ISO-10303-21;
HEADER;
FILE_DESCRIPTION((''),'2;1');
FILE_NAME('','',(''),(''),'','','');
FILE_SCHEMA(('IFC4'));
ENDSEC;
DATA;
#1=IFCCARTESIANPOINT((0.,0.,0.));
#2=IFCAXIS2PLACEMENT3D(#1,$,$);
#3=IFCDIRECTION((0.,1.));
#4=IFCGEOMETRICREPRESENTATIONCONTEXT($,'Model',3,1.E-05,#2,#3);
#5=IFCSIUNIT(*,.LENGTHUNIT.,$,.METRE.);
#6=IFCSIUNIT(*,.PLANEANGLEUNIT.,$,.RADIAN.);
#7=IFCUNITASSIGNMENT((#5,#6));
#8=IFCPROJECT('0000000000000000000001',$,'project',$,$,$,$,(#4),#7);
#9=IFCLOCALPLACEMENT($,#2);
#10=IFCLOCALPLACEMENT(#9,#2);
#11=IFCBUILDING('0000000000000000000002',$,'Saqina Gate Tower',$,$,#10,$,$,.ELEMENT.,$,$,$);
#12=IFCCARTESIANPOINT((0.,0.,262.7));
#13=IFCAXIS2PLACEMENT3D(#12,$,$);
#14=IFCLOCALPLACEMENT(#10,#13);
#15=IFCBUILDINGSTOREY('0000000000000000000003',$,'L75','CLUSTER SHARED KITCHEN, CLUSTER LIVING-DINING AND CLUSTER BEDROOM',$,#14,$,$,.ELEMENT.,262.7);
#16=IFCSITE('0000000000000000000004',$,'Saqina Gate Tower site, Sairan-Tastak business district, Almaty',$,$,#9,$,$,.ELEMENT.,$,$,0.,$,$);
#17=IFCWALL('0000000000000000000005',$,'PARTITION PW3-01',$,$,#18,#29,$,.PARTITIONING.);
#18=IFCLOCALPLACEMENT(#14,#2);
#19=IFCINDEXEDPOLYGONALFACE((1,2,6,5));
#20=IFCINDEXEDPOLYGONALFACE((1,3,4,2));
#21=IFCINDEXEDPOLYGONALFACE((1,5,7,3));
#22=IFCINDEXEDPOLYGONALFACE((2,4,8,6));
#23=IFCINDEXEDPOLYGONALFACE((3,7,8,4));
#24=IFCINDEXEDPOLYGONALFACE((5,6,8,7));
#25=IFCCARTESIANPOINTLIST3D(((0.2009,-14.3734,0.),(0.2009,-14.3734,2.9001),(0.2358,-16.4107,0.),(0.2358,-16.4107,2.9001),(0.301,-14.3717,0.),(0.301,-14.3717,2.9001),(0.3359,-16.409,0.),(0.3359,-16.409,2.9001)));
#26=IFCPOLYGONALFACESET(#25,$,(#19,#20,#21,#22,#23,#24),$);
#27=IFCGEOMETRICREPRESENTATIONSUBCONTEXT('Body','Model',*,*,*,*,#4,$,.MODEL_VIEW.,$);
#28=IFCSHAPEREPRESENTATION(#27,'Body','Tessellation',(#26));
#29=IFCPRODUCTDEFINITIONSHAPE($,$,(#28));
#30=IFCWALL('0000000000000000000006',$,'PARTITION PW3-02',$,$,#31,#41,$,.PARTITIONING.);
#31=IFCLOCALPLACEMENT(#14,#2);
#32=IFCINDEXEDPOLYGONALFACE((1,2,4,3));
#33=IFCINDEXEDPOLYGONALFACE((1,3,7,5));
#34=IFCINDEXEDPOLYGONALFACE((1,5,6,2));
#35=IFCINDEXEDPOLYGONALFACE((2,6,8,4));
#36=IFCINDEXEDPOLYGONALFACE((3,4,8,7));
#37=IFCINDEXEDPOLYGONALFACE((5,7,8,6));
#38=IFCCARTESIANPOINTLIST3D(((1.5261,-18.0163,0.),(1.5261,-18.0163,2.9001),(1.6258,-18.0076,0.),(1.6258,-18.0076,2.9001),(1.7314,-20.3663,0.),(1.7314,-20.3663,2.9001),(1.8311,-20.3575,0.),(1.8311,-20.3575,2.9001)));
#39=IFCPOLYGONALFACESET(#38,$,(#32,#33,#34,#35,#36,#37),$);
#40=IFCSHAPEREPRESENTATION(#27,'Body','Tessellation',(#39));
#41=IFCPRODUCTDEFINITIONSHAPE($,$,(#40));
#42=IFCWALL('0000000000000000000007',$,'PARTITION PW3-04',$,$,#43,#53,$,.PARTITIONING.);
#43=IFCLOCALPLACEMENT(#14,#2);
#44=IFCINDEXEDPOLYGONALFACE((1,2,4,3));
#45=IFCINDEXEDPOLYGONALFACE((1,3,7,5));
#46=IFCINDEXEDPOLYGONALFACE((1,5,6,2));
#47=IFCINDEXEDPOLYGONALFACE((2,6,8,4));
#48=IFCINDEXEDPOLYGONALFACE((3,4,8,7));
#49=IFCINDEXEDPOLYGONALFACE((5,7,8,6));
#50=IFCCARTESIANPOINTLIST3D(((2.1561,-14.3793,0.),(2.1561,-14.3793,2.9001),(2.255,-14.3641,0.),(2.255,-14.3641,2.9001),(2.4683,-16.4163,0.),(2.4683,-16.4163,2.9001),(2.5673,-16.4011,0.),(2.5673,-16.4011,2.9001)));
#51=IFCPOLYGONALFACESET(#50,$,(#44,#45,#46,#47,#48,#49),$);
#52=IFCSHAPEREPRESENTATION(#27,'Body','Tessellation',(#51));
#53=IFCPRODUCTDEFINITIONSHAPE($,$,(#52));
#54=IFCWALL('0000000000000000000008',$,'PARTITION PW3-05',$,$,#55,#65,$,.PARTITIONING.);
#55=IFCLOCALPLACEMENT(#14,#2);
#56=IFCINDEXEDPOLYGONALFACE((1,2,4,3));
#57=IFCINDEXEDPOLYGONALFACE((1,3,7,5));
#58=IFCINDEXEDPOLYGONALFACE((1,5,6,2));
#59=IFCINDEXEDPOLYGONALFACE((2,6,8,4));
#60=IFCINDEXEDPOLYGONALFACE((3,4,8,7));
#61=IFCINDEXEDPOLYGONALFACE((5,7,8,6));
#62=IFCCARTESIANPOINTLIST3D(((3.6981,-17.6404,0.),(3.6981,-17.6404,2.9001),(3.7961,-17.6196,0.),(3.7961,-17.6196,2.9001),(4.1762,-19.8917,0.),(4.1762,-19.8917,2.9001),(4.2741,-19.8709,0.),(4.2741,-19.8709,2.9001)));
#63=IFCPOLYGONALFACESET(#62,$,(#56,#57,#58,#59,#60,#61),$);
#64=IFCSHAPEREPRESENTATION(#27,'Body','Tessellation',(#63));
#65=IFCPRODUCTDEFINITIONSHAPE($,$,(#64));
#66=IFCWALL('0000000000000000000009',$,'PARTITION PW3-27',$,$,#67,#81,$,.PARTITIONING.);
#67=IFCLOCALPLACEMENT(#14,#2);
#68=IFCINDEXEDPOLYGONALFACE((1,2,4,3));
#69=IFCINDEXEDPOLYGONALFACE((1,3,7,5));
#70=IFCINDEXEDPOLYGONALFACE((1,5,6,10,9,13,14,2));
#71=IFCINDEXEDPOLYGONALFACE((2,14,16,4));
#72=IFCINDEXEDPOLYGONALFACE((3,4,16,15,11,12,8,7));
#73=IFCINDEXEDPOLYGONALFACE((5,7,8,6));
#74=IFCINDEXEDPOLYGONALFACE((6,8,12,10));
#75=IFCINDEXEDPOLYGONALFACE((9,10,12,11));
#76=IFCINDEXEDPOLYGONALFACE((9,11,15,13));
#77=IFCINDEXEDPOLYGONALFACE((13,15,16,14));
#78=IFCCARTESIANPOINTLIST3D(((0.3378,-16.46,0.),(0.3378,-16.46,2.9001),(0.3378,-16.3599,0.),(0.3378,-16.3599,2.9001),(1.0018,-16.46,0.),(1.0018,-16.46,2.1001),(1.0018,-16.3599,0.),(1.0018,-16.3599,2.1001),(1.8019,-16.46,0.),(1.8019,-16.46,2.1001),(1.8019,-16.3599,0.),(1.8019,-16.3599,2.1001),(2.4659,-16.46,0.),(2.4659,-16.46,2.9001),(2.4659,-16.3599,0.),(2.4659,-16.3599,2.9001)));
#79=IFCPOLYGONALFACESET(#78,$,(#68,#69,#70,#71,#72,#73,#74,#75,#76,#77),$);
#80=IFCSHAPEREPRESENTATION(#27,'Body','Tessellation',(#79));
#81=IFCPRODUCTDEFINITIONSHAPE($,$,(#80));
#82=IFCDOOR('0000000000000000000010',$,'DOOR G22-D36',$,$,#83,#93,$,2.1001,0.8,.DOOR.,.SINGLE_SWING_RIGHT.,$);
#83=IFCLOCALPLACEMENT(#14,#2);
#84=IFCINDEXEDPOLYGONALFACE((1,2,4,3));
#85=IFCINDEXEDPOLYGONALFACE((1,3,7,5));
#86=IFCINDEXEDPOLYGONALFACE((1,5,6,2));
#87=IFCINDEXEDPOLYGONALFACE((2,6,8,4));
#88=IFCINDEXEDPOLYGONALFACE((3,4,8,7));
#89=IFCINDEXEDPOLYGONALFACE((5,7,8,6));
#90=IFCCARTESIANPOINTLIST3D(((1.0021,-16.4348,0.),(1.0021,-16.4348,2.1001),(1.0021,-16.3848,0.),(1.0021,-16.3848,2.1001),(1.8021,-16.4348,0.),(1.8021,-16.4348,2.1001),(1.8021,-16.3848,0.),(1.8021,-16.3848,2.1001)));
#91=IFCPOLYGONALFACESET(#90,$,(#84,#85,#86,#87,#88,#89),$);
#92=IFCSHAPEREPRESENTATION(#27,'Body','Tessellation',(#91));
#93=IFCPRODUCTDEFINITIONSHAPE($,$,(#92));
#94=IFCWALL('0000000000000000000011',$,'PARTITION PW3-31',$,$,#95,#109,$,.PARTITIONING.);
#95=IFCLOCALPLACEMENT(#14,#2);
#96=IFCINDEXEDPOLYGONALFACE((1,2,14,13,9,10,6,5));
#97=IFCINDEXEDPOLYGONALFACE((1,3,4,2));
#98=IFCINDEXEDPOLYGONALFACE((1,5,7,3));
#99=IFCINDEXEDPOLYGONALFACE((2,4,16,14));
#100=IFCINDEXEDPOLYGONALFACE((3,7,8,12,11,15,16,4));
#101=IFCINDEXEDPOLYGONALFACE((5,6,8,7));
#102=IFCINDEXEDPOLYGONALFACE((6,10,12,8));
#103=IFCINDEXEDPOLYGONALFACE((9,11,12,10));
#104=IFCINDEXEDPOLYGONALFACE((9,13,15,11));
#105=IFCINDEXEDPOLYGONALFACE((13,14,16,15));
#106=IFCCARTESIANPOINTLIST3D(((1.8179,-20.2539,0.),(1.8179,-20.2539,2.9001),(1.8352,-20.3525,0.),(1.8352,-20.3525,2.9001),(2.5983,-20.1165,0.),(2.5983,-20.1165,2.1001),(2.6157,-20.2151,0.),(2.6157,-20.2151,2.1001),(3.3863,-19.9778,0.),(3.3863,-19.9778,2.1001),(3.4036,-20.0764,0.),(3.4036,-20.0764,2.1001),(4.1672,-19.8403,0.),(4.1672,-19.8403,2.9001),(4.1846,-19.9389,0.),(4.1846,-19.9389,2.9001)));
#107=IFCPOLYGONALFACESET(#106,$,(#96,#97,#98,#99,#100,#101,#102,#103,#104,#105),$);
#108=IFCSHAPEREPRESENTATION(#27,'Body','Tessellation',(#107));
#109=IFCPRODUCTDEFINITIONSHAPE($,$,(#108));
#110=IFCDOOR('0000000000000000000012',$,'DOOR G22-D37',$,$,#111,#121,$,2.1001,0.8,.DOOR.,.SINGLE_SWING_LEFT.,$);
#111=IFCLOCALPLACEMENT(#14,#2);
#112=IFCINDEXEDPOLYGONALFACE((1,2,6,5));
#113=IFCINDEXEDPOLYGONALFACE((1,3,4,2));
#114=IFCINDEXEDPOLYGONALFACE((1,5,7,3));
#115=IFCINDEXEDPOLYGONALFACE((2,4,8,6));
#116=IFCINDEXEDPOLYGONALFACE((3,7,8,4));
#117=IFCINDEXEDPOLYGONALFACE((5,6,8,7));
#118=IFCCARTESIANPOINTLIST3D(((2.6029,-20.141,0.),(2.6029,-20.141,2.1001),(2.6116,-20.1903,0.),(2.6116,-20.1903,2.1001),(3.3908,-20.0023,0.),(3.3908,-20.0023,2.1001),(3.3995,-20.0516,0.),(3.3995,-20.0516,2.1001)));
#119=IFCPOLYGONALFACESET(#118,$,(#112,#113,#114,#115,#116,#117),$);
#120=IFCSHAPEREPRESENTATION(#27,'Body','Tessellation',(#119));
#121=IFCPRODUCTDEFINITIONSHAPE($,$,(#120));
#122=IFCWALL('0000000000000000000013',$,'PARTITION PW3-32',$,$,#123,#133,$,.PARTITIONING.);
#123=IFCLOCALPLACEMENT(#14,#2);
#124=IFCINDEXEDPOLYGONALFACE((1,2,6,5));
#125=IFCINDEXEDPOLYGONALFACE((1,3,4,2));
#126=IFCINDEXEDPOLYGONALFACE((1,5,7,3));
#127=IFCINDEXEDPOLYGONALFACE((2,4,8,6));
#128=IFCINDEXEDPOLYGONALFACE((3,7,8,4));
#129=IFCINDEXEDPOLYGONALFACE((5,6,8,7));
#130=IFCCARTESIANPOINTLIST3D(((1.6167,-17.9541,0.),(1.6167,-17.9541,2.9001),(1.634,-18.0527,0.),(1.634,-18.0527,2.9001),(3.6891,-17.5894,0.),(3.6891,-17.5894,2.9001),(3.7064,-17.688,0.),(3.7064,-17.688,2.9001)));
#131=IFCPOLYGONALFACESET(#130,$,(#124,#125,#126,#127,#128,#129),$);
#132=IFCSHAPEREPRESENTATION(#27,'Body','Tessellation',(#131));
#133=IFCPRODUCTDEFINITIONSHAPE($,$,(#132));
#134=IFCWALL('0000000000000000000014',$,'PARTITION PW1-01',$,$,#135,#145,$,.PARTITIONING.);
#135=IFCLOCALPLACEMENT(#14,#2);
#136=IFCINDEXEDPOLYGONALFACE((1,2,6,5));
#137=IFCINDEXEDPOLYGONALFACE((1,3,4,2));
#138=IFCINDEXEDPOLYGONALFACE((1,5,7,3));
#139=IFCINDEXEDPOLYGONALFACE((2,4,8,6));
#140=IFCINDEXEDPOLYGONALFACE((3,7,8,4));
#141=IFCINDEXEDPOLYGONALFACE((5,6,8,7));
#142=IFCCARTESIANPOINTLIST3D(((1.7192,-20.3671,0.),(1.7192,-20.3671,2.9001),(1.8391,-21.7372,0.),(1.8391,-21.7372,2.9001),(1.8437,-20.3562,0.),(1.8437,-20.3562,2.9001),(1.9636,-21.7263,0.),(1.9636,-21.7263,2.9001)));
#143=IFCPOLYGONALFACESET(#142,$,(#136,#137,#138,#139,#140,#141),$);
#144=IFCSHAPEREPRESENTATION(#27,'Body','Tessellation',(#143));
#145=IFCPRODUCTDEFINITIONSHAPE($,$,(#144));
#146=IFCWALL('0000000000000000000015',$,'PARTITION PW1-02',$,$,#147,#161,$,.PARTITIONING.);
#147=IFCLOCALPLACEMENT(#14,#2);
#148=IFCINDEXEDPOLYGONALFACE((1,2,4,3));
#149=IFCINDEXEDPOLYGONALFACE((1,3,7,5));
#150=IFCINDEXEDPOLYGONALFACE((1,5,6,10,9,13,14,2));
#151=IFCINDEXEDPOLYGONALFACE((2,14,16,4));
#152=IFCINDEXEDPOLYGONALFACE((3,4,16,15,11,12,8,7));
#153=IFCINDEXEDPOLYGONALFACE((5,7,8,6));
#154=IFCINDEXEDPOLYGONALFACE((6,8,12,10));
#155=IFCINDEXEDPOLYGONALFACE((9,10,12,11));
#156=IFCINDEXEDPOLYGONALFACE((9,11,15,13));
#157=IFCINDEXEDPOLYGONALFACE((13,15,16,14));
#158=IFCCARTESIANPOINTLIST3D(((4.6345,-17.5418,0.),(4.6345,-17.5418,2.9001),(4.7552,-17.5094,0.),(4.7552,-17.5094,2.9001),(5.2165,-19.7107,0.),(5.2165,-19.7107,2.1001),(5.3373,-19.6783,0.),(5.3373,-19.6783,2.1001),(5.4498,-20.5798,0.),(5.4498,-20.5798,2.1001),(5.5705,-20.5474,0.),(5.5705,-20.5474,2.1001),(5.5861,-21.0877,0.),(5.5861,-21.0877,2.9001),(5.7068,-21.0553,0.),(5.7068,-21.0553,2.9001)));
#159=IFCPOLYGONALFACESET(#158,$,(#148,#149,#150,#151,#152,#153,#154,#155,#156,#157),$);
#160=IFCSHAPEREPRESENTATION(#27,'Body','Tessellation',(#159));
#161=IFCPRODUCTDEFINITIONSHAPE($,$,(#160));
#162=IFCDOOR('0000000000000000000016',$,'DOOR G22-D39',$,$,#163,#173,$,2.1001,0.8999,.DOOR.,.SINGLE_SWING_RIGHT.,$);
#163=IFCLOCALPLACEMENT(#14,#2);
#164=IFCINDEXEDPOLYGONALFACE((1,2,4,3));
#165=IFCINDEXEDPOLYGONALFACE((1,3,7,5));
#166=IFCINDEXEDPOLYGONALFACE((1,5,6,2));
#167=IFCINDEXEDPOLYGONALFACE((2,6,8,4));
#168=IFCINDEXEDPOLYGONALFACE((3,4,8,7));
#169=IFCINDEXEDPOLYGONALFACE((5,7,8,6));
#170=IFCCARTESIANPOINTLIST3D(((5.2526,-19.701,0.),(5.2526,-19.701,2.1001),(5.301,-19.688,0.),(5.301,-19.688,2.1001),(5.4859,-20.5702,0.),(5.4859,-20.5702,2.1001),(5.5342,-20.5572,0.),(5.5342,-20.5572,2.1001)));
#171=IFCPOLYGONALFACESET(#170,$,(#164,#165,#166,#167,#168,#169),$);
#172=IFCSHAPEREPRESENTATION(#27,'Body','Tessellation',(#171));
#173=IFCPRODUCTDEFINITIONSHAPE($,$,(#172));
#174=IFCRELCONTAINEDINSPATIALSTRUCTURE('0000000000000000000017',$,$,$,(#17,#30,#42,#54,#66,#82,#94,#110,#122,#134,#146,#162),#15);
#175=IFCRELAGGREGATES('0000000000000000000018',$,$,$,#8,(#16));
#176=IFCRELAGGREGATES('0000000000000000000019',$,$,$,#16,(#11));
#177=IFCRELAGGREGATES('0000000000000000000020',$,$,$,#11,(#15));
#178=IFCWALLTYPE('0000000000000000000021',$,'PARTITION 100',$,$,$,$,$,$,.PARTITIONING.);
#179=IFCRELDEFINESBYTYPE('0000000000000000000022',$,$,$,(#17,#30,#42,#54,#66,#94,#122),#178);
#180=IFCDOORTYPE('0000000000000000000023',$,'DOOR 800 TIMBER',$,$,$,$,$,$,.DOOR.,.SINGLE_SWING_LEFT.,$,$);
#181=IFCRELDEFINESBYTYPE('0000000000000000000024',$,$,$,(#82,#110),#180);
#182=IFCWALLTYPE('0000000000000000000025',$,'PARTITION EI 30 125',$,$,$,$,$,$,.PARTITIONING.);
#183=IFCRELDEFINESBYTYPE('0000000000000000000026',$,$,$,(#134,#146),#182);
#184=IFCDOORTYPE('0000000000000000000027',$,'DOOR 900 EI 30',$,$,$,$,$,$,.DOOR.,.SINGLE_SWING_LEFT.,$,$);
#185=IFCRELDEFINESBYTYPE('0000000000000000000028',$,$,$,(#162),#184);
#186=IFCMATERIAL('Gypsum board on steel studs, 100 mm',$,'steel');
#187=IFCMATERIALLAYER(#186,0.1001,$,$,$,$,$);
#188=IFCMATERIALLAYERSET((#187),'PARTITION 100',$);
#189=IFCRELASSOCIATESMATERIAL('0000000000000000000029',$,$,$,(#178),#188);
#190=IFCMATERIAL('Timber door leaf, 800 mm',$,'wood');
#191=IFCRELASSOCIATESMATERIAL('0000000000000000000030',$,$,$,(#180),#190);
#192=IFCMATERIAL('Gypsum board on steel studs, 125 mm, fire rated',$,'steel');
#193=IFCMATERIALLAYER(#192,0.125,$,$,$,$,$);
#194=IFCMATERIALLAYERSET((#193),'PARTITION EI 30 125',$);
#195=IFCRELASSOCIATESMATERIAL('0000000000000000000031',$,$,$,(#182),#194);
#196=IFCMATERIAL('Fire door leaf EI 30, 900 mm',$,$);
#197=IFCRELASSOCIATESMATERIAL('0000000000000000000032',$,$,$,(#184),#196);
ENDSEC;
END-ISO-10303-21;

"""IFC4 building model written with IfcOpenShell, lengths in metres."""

from ifc_helpers import new_model, si_unit, direction, frame, frame_2d, origin, place, context, subcontext, project, spatial, rectangle, extrude, material, layer, layer_set, type_object, element, fill, save


model = new_model("IFC4")

# Units and contexts
model_context = context("Model", 3, precision=1e-05, world=origin(), true_north=direction((0.0, 1.0)))
body_context = subcontext(model_context, "Body", "Model", "MODEL_VIEW")
ifc_project = project(units=[si_unit("LENGTHUNIT", "METRE"), si_unit("PLANEANGLEUNIT", "RADIAN")], contexts=[model_context])

# Site, building, storey
site_placement = place(None, origin())
site = spatial("IfcSite", under=ifc_project, at=site_placement, Name="Saqina Gate Tower site, Sairan-Tastak business district, Almaty", CompositionType="ELEMENT", RefElevation=0.0)
building_placement = place(site_placement, origin())
building = spatial("IfcBuilding", under=site, at=building_placement, Name="Saqina Gate Tower", CompositionType="ELEMENT")
storey_placement = place(building_placement, frame((0.0, 0.0, 262.7)))
storey = spatial("IfcBuildingStorey", under=building, at=storey_placement, Name="L75", Description="CLUSTER SHARED KITCHEN, CLUSTER LIVING-DINING AND CLUSTER BEDROOM", CompositionType="ELEMENT", Elevation=262.7)

# Walls
ifc_material_1 = material(Name="Gypsum board on steel studs, 100 mm", Category="steel")
ifc_layer_1 = layer(ifc_material_1, 0.1001)
ifc_layer_set_1 = layer_set([ifc_layer_1], Name="PARTITION 100")
wall_type_1 = type_object("IfcWallType", Name="PARTITION 100", PredefinedType="PARTITIONING", material=ifc_layer_set_1)
wall_1_placement = place(storey_placement, frame((0.251, -14.3726, 0.0), z_axis=(0.0, 0.0, 1.0), x_axis=(0.017133, -0.999853, 0.0)))
element("IfcWall", 1, at=wall_1_placement, inside=storey, type_object=wall_type_1, Name="PARTITION PW3-01", PredefinedType="PARTITIONING", context=body_context, shape_type="SweptSolid", body=[
    extrude(rectangle(XDim=2.0376, YDim=0.1001, at=frame_2d((1.0188, 0.0))), origin(), (0.0, 0.0, 1.0), 2.9001),
])
wall_2_placement = place(storey_placement, frame((1.5759, -18.012, 0.0), z_axis=(0.0, 0.0, 1.0), x_axis=(0.087045, -0.996204, 0.0)))
element("IfcWall", 2, at=wall_2_placement, inside=storey, type_object=wall_type_1, Name="PARTITION PW3-02", PredefinedType="PARTITIONING", context=body_context, shape_type="SweptSolid", body=[
    extrude(rectangle(XDim=2.3589, YDim=0.1001, at=frame_2d((1.1794, 0.0))), origin(), (0.0, 0.0, 1.0), 2.9001),
])
wall_3_placement = place(storey_placement, frame((2.2056, -14.3718, 0.0), z_axis=(0.0, 0.0, 1.0), x_axis=(0.151514, -0.988455, 0.0)))
element("IfcWall", 3, at=wall_3_placement, inside=storey, type_object=wall_type_1, Name="PARTITION PW3-04", PredefinedType="PARTITIONING", context=body_context, shape_type="SweptSolid", body=[
    extrude(rectangle(XDim=2.0608, YDim=0.1001, at=frame_2d((1.0303, 0.0))), origin(), (0.0, 0.0, 1.0), 2.9001),
])
wall_4_placement = place(storey_placement, frame((3.7471, -17.6299, 0.0), z_axis=(0.0, 0.0, 1.0), x_axis=(0.20771, -0.97819, 0.0)))
element("IfcWall", 4, at=wall_4_placement, inside=storey, type_object=wall_type_1, Name="PARTITION PW3-05", PredefinedType="PARTITIONING", context=body_context, shape_type="SweptSolid", body=[
    extrude(rectangle(XDim=2.3015, YDim=0.1001, at=frame_2d((1.1509, 0.0))), origin(), (0.0, 0.0, 1.0), 2.9001),
])

# Walls, openings, doors
wall_5_placement = place(storey_placement, frame((0.3379, -16.4099, 0.0), z_axis=(0.0, 0.0, 1.0), x_axis=(1.0, 0.0, 0.0)))
wall_5 = element("IfcWall", 5, at=wall_5_placement, inside=storey, type_object=wall_type_1, Name="PARTITION PW3-27", PredefinedType="PARTITIONING", context=body_context, shape_type="SweptSolid", body=[
    extrude(rectangle(XDim=2.1282, YDim=0.1001, at=frame_2d((1.064, 0.0))), origin(), (0.0, 0.0, 1.0), 2.9001),
])
opening_1_placement = place(wall_5_placement, frame((0.6641, 0.0, 0.0)))
opening_1 = element("IfcOpeningElement", 6, at=opening_1_placement, cuts=wall_5, PredefinedType="OPENING", context=body_context, shape_type="SweptSolid", body=[
    extrude(rectangle(XDim=0.8, YDim=2.1001, at=frame_2d((0.3999, 1.05))), frame((0.0, 0.062, 0.0), z_axis=(0.0, -1.0, 0.0), x_axis=(1.0, 0.0, 0.0)), (0.0, 0.0, 1.0), 0.124),
])
ifc_material_2 = material(Name="Timber door leaf, 800 mm", Category="wood")
door_type_1 = type_object("IfcDoorType", Name="DOOR 800 TIMBER", OperationType="SINGLE_SWING_LEFT", PredefinedType="DOOR", material=ifc_material_2)
door_1_placement = place(opening_1_placement, frame((0.8, 0.0, 0.0), z_axis=(0.0, 0.0, 1.0), x_axis=(-1.0, 0.0, 0.0)))
door_1 = element("IfcDoor", 7, at=door_1_placement, inside=storey, type_object=door_type_1, Name="DOOR G22-D36", OperationType="SINGLE_SWING_RIGHT", OverallHeight=2.1001, OverallWidth=0.8, PredefinedType="DOOR", context=body_context, shape_type="SweptSolid", body=[
    extrude(rectangle(XDim=0.8, YDim=2.1001, at=frame_2d((0.3999, 1.05))), frame((0.0, 0.0249, 0.0), z_axis=(0.0, -1.0, 0.0), x_axis=(1.0, 0.0, 0.0)), (0.0, 0.0, 1.0), 0.05),
])
fill(opening_1, door_1)
wall_6_placement = place(storey_placement, frame((1.8264, -20.3032, 0.0), z_axis=(0.0, 0.0, 1.0), x_axis=(0.984857, 0.173371, 0.0)))
wall_6 = element("IfcWall", 8, at=wall_6_placement, inside=storey, type_object=wall_type_1, Name="PARTITION PW3-31", PredefinedType="PARTITIONING", context=body_context, shape_type="SweptSolid", body=[
    extrude(rectangle(XDim=2.3855, YDim=0.1001, at=frame_2d((1.1929, 0.0))), origin(), (0.0, 0.0, 1.0), 2.9001),
])
opening_2_placement = place(wall_6_placement, frame((0.7927, 0.0, 0.0)))
opening_2 = element("IfcOpeningElement", 9, at=opening_2_placement, cuts=wall_6, PredefinedType="OPENING", context=body_context, shape_type="SweptSolid", body=[
    extrude(rectangle(XDim=0.8, YDim=2.1001, at=frame_2d((0.3999, 1.05))), frame((0.0, 0.062, 0.0), z_axis=(0.0, -1.0, 0.0), x_axis=(1.0, 0.0, 0.0)), (0.0, 0.0, 1.0), 0.124),
])
door_2_placement = place(opening_2_placement, frame((0.8, 0.0, 0.0), z_axis=(0.0, 0.0, 1.0), x_axis=(-1.0, 0.0, 0.0)))
door_2 = element("IfcDoor", 10, at=door_2_placement, inside=storey, type_object=door_type_1, Name="DOOR G22-D37", OperationType="SINGLE_SWING_LEFT", OverallHeight=2.1001, OverallWidth=0.8, PredefinedType="DOOR", context=body_context, shape_type="SweptSolid", body=[
    extrude(rectangle(XDim=0.8, YDim=2.1001, at=frame_2d((0.3999, 1.05))), frame((0.0, 0.0249, 0.0), z_axis=(0.0, -1.0, 0.0), x_axis=(1.0, 0.0, 0.0)), (0.0, 0.0, 1.0), 0.05),
])
fill(opening_2, door_2)

# Walls
wall_7_placement = place(storey_placement, frame((1.6252, -18.0034, 0.0), z_axis=(0.0, 0.0, 1.0), x_axis=(0.984864, 0.173329, 0.0)))
element("IfcWall", 11, at=wall_7_placement, inside=storey, type_object=wall_type_1, Name="PARTITION PW3-32", PredefinedType="PARTITIONING", context=body_context, shape_type="SweptSolid", body=[
    extrude(rectangle(XDim=2.1042, YDim=0.1001, at=frame_2d((1.0522, 0.0))), origin(), (0.0, 0.0, 1.0), 2.9001),
])
ifc_material_3 = material(Name="Gypsum board on steel studs, 125 mm, fire rated", Category="steel")
ifc_layer_2 = layer(ifc_material_3, 0.125)
ifc_layer_set_2 = layer_set([ifc_layer_2], Name="PARTITION EI 30 125")
wall_type_2 = type_object("IfcWallType", Name="PARTITION EI 30 125", PredefinedType="PARTITIONING", material=ifc_layer_set_2)
wall_8_placement = place(storey_placement, frame((1.7815, -20.3618, 0.0), z_axis=(0.0, 0.0, 1.0), x_axis=(0.087158, -0.996194, 0.0)))
element("IfcWall", 12, at=wall_8_placement, inside=storey, type_object=wall_type_2, Name="PARTITION PW1-01", PredefinedType="PARTITIONING", context=body_context, shape_type="SweptSolid", body=[
    extrude(rectangle(XDim=1.3752, YDim=0.125, at=frame_2d((0.6875, 0.0))), origin(), (0.0, 0.0, 1.0), 2.9001),
])

# Wall, opening, door
wall_9_placement = place(storey_placement, frame((4.6948, -17.5256, 0.0), z_axis=(0.0, 0.0, 1.0), x_axis=(0.25921, -0.965821, 0.0)))
wall_9 = element("IfcWall", 13, at=wall_9_placement, inside=storey, type_object=wall_type_2, Name="PARTITION PW1-02", PredefinedType="PARTITIONING", context=body_context, shape_type="SweptSolid", body=[
    extrude(rectangle(XDim=3.6714, YDim=0.125, at=frame_2d((1.8357, 0.0))), origin(), (0.0, 0.0, 1.0), 2.9001),
])
opening_3_placement = place(wall_9_placement, frame((2.2456, 0.0, 0.0)))
opening_3 = element("IfcOpeningElement", 14, at=opening_3_placement, cuts=wall_9, PredefinedType="OPENING", context=body_context, shape_type="SweptSolid", body=[
    extrude(rectangle(XDim=0.8999, YDim=2.1001, at=frame_2d((0.45, 1.05))), frame((0.0, 0.0745, 0.0), z_axis=(0.0, -1.0, 0.0), x_axis=(1.0, 0.0, 0.0)), (0.0, 0.0, 1.0), 0.1489),
])
ifc_material_4 = material(Name="Fire door leaf EI 30, 900 mm")
door_type_2 = type_object("IfcDoorType", Name="DOOR 900 EI 30", OperationType="SINGLE_SWING_LEFT", PredefinedType="DOOR", material=ifc_material_4)
door_3_placement = place(opening_3_placement, origin())
door_3 = element("IfcDoor", 15, at=door_3_placement, inside=storey, type_object=door_type_2, Name="DOOR G22-D39", OperationType="SINGLE_SWING_RIGHT", OverallHeight=2.1001, OverallWidth=0.8999, PredefinedType="DOOR", context=body_context, shape_type="SweptSolid", body=[
    extrude(rectangle(XDim=0.8999, YDim=2.1001, at=frame_2d((0.45, 1.05))), frame((0.0, 0.0249, 0.0), z_axis=(0.0, -1.0, 0.0), x_axis=(1.0, 0.0, 0.0)), (0.0, 0.0, 1.0), 0.05),
])
fill(opening_3, door_3)

save(model, "model.ifc")
